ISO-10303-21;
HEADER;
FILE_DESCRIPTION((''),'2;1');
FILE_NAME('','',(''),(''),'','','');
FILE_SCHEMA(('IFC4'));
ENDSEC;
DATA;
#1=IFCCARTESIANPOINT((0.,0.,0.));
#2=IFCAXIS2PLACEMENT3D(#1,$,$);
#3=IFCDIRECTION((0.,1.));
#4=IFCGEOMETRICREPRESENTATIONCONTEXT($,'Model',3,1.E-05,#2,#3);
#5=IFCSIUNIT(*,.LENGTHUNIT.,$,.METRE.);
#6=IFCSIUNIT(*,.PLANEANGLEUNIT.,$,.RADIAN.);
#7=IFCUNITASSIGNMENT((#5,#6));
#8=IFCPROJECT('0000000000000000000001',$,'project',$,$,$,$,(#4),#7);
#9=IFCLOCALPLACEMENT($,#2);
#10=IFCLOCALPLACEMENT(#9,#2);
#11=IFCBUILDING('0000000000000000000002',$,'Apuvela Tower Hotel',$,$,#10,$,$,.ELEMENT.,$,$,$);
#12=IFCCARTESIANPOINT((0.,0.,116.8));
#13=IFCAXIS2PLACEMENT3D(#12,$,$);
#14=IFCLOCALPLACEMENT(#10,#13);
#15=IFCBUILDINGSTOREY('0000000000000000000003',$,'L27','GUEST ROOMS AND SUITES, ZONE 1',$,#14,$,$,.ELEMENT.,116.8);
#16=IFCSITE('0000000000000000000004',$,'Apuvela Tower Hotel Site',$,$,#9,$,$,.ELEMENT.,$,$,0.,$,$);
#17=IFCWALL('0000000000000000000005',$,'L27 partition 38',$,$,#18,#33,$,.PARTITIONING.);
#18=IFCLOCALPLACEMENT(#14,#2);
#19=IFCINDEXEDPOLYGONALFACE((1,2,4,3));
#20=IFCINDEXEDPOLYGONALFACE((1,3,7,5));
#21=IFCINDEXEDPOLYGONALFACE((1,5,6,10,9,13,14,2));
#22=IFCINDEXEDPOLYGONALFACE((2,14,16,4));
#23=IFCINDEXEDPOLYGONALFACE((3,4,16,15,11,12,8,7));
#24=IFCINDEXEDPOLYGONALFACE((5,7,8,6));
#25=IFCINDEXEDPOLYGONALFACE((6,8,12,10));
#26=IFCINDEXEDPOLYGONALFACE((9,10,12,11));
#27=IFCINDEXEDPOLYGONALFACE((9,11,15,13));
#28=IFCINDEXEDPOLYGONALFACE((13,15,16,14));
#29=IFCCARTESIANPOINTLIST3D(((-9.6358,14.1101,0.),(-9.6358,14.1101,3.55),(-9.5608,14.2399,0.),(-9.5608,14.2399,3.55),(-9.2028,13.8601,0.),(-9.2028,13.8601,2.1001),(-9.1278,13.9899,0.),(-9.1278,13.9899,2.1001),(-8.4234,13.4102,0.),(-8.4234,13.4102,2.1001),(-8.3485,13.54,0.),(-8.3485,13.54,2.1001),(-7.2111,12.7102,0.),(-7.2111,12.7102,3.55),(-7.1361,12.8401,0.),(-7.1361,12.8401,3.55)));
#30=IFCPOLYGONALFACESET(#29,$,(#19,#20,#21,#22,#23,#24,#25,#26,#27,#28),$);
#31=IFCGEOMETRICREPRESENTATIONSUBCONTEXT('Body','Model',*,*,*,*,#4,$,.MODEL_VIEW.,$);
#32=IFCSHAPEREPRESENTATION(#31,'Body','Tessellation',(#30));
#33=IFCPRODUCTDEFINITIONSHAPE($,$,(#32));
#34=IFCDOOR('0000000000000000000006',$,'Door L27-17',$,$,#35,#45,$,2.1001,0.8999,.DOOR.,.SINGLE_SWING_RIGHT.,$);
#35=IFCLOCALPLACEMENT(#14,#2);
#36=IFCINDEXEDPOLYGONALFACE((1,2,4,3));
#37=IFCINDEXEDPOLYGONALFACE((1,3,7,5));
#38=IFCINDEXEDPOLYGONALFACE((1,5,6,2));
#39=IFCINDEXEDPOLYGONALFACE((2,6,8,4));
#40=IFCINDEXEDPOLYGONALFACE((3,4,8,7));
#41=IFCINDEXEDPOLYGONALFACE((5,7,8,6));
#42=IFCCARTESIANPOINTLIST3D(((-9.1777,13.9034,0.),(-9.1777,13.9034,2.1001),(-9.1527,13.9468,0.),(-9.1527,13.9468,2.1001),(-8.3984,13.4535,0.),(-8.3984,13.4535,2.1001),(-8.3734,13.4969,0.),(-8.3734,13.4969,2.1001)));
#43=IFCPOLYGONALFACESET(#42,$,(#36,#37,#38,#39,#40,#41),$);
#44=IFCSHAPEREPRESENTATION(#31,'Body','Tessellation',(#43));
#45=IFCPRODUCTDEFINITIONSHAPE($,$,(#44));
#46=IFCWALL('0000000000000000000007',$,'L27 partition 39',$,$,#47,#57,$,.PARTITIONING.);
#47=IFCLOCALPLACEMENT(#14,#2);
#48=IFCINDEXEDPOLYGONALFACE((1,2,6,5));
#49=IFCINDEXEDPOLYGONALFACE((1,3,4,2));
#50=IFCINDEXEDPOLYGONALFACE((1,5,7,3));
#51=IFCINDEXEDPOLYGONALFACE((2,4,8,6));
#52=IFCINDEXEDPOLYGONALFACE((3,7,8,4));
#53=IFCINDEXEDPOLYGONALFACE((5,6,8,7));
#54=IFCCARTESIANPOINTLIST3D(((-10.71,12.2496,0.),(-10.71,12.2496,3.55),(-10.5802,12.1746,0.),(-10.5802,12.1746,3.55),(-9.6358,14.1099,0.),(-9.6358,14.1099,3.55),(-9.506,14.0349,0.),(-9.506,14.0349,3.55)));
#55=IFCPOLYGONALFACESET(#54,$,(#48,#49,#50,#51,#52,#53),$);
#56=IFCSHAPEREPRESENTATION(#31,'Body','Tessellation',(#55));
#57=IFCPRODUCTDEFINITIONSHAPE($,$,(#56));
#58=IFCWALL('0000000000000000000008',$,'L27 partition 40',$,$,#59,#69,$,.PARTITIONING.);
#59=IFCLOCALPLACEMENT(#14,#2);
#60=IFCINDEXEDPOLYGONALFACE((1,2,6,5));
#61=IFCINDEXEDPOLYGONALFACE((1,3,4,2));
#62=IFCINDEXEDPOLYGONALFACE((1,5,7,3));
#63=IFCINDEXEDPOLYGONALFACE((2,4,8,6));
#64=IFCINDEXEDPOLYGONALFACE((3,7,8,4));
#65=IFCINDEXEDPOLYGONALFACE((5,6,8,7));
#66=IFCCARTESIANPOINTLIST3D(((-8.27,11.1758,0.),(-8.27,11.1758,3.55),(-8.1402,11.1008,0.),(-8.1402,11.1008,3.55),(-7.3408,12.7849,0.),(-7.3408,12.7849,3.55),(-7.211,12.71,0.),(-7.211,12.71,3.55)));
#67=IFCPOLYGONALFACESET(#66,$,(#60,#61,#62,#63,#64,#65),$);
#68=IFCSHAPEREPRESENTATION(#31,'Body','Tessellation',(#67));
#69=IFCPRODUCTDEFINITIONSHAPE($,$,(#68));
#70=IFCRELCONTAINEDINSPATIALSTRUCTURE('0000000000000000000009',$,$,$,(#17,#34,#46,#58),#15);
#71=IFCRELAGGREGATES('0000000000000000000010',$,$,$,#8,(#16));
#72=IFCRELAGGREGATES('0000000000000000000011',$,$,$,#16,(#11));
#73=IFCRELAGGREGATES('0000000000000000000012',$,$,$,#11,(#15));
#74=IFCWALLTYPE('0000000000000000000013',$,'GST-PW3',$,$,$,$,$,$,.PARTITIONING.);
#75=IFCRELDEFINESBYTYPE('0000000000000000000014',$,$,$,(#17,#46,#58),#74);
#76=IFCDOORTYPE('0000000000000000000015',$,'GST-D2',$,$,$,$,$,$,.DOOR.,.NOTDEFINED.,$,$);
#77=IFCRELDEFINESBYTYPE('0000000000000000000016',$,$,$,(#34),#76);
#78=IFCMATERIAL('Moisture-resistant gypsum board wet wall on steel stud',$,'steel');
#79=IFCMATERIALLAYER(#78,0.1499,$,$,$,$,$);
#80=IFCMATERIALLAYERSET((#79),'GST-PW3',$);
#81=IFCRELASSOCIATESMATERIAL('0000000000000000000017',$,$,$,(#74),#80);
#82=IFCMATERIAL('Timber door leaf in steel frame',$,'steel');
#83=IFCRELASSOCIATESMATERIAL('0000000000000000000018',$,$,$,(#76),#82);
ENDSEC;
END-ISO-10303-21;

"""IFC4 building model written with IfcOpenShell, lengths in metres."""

from ifc_helpers import new_model, si_unit, direction, frame, frame_2d, origin, place, context, subcontext, project, spatial, rectangle, extrude, material, layer, layer_set, type_object, element, fill, save


model = new_model("IFC4")

# Units and contexts
model_context = context("Model", 3, precision=1e-05, world=origin(), true_north=direction((0.0, 1.0)))
body_context = subcontext(model_context, "Body", "Model", "MODEL_VIEW")
ifc_project = project(units=[si_unit("LENGTHUNIT", "METRE"), si_unit("PLANEANGLEUNIT", "RADIAN")], contexts=[model_context])

# Site, building, storey
site_placement = place(None, origin())
site = spatial("IfcSite", under=ifc_project, at=site_placement, Name="Apuvela Tower Hotel Site", CompositionType="ELEMENT", RefElevation=0.0)
building_placement = place(site_placement, origin())
building = spatial("IfcBuilding", under=site, at=building_placement, Name="Apuvela Tower Hotel", CompositionType="ELEMENT")
storey_placement = place(building_placement, frame((0.0, 0.0, 116.8)))
storey = spatial("IfcBuildingStorey", under=building, at=storey_placement, Name="L27", Description="GUEST ROOMS AND SUITES, ZONE 1", CompositionType="ELEMENT", Elevation=116.8)

# Wall, opening, door
ifc_material_1 = material(Name="Moisture-resistant gypsum board wet wall on steel stud", Category="steel")
ifc_layer_1 = layer(ifc_material_1, 0.1499)
ifc_layer_set_1 = layer_set([ifc_layer_1], Name="GST-PW3")
wall_type_1 = type_object("IfcWallType", Name="GST-PW3", PredefinedType="PARTITIONING", material=ifc_layer_set_1)
wall_1_placement = place(storey_placement, frame((-7.1736, 12.7751, 0.0), z_axis=(0.0, 0.0, 1.0), x_axis=(-0.866035, 0.499984, 0.0)))
wall_1 = element("IfcWall", 1, at=wall_1_placement, inside=storey, type_object=wall_type_1, Name="L27 partition 38", PredefinedType="PARTITIONING", context=body_context, shape_type="SweptSolid", body=[
    extrude(rectangle(XDim=2.7998, YDim=0.1499, at=frame_2d((1.3999, 0.0))), origin(), (0.0, 0.0, 1.0), 3.55),
])
opening_1_placement = place(wall_1_placement, frame((1.3999, 0.0, 0.0)))
opening_1 = element("IfcOpeningElement", 2, at=opening_1_placement, cuts=wall_1, PredefinedType="OPENING", context=body_context, shape_type="SweptSolid", body=[
    extrude(rectangle(XDim=0.8999, YDim=2.1001, at=frame_2d((0.45, 1.05))), frame((0.0, 0.085, 0.0), z_axis=(0.0, -1.0, 0.0), x_axis=(1.0, 0.0, 0.0)), (0.0, 0.0, 1.0), 0.1699),
])
ifc_material_2 = material(Name="Timber door leaf in steel frame", Category="steel")
door_type_1 = type_object("IfcDoorType", Name="GST-D2", OperationType="NOTDEFINED", PredefinedType="DOOR", material=ifc_material_2)
door_1_placement = place(opening_1_placement, origin())
door_1 = element("IfcDoor", 3, at=door_1_placement, inside=storey, type_object=door_type_1, Name="Door L27-17", OperationType="SINGLE_SWING_RIGHT", OverallHeight=2.1001, OverallWidth=0.8999, PredefinedType="DOOR", context=body_context, shape_type="SweptSolid", body=[
    extrude(rectangle(XDim=0.8999, YDim=2.1001, at=frame_2d((0.45, 1.05))), frame((0.0, 0.0249, 0.0), z_axis=(0.0, -1.0, 0.0), x_axis=(1.0, 0.0, 0.0)), (0.0, 0.0, 1.0), 0.05),
])
fill(opening_1, door_1)

# Walls
wall_2_placement = place(storey_placement, frame((-9.5708, 14.0725, 0.0), z_axis=(0.0, 0.0, 1.0), x_axis=(-0.50005, -0.865996, 0.0)))
element("IfcWall", 4, at=wall_2_placement, inside=storey, type_object=wall_type_1, Name="L27 partition 39", PredefinedType="PARTITIONING", context=body_context, shape_type="SweptSolid", body=[
    extrude(rectangle(XDim=2.1482, YDim=0.1499, at=frame_2d((1.0742, 0.0))), origin(), (0.0, 0.0, 1.0), 3.55),
])
wall_3_placement = place(storey_placement, frame((-7.2759, 12.7476, 0.0), z_axis=(0.0, 0.0, 1.0), x_axis=(-0.500067, -0.865986, 0.0)))
element("IfcWall", 5, at=wall_3_placement, inside=storey, type_object=wall_type_1, Name="L27 partition 40", PredefinedType="PARTITIONING", context=body_context, shape_type="SweptSolid", body=[
    extrude(rectangle(XDim=1.8582, YDim=0.1499, at=frame_2d((0.9292, 0.0))), origin(), (0.0, 0.0, 1.0), 3.55),
])

save(model, "model.ifc")
